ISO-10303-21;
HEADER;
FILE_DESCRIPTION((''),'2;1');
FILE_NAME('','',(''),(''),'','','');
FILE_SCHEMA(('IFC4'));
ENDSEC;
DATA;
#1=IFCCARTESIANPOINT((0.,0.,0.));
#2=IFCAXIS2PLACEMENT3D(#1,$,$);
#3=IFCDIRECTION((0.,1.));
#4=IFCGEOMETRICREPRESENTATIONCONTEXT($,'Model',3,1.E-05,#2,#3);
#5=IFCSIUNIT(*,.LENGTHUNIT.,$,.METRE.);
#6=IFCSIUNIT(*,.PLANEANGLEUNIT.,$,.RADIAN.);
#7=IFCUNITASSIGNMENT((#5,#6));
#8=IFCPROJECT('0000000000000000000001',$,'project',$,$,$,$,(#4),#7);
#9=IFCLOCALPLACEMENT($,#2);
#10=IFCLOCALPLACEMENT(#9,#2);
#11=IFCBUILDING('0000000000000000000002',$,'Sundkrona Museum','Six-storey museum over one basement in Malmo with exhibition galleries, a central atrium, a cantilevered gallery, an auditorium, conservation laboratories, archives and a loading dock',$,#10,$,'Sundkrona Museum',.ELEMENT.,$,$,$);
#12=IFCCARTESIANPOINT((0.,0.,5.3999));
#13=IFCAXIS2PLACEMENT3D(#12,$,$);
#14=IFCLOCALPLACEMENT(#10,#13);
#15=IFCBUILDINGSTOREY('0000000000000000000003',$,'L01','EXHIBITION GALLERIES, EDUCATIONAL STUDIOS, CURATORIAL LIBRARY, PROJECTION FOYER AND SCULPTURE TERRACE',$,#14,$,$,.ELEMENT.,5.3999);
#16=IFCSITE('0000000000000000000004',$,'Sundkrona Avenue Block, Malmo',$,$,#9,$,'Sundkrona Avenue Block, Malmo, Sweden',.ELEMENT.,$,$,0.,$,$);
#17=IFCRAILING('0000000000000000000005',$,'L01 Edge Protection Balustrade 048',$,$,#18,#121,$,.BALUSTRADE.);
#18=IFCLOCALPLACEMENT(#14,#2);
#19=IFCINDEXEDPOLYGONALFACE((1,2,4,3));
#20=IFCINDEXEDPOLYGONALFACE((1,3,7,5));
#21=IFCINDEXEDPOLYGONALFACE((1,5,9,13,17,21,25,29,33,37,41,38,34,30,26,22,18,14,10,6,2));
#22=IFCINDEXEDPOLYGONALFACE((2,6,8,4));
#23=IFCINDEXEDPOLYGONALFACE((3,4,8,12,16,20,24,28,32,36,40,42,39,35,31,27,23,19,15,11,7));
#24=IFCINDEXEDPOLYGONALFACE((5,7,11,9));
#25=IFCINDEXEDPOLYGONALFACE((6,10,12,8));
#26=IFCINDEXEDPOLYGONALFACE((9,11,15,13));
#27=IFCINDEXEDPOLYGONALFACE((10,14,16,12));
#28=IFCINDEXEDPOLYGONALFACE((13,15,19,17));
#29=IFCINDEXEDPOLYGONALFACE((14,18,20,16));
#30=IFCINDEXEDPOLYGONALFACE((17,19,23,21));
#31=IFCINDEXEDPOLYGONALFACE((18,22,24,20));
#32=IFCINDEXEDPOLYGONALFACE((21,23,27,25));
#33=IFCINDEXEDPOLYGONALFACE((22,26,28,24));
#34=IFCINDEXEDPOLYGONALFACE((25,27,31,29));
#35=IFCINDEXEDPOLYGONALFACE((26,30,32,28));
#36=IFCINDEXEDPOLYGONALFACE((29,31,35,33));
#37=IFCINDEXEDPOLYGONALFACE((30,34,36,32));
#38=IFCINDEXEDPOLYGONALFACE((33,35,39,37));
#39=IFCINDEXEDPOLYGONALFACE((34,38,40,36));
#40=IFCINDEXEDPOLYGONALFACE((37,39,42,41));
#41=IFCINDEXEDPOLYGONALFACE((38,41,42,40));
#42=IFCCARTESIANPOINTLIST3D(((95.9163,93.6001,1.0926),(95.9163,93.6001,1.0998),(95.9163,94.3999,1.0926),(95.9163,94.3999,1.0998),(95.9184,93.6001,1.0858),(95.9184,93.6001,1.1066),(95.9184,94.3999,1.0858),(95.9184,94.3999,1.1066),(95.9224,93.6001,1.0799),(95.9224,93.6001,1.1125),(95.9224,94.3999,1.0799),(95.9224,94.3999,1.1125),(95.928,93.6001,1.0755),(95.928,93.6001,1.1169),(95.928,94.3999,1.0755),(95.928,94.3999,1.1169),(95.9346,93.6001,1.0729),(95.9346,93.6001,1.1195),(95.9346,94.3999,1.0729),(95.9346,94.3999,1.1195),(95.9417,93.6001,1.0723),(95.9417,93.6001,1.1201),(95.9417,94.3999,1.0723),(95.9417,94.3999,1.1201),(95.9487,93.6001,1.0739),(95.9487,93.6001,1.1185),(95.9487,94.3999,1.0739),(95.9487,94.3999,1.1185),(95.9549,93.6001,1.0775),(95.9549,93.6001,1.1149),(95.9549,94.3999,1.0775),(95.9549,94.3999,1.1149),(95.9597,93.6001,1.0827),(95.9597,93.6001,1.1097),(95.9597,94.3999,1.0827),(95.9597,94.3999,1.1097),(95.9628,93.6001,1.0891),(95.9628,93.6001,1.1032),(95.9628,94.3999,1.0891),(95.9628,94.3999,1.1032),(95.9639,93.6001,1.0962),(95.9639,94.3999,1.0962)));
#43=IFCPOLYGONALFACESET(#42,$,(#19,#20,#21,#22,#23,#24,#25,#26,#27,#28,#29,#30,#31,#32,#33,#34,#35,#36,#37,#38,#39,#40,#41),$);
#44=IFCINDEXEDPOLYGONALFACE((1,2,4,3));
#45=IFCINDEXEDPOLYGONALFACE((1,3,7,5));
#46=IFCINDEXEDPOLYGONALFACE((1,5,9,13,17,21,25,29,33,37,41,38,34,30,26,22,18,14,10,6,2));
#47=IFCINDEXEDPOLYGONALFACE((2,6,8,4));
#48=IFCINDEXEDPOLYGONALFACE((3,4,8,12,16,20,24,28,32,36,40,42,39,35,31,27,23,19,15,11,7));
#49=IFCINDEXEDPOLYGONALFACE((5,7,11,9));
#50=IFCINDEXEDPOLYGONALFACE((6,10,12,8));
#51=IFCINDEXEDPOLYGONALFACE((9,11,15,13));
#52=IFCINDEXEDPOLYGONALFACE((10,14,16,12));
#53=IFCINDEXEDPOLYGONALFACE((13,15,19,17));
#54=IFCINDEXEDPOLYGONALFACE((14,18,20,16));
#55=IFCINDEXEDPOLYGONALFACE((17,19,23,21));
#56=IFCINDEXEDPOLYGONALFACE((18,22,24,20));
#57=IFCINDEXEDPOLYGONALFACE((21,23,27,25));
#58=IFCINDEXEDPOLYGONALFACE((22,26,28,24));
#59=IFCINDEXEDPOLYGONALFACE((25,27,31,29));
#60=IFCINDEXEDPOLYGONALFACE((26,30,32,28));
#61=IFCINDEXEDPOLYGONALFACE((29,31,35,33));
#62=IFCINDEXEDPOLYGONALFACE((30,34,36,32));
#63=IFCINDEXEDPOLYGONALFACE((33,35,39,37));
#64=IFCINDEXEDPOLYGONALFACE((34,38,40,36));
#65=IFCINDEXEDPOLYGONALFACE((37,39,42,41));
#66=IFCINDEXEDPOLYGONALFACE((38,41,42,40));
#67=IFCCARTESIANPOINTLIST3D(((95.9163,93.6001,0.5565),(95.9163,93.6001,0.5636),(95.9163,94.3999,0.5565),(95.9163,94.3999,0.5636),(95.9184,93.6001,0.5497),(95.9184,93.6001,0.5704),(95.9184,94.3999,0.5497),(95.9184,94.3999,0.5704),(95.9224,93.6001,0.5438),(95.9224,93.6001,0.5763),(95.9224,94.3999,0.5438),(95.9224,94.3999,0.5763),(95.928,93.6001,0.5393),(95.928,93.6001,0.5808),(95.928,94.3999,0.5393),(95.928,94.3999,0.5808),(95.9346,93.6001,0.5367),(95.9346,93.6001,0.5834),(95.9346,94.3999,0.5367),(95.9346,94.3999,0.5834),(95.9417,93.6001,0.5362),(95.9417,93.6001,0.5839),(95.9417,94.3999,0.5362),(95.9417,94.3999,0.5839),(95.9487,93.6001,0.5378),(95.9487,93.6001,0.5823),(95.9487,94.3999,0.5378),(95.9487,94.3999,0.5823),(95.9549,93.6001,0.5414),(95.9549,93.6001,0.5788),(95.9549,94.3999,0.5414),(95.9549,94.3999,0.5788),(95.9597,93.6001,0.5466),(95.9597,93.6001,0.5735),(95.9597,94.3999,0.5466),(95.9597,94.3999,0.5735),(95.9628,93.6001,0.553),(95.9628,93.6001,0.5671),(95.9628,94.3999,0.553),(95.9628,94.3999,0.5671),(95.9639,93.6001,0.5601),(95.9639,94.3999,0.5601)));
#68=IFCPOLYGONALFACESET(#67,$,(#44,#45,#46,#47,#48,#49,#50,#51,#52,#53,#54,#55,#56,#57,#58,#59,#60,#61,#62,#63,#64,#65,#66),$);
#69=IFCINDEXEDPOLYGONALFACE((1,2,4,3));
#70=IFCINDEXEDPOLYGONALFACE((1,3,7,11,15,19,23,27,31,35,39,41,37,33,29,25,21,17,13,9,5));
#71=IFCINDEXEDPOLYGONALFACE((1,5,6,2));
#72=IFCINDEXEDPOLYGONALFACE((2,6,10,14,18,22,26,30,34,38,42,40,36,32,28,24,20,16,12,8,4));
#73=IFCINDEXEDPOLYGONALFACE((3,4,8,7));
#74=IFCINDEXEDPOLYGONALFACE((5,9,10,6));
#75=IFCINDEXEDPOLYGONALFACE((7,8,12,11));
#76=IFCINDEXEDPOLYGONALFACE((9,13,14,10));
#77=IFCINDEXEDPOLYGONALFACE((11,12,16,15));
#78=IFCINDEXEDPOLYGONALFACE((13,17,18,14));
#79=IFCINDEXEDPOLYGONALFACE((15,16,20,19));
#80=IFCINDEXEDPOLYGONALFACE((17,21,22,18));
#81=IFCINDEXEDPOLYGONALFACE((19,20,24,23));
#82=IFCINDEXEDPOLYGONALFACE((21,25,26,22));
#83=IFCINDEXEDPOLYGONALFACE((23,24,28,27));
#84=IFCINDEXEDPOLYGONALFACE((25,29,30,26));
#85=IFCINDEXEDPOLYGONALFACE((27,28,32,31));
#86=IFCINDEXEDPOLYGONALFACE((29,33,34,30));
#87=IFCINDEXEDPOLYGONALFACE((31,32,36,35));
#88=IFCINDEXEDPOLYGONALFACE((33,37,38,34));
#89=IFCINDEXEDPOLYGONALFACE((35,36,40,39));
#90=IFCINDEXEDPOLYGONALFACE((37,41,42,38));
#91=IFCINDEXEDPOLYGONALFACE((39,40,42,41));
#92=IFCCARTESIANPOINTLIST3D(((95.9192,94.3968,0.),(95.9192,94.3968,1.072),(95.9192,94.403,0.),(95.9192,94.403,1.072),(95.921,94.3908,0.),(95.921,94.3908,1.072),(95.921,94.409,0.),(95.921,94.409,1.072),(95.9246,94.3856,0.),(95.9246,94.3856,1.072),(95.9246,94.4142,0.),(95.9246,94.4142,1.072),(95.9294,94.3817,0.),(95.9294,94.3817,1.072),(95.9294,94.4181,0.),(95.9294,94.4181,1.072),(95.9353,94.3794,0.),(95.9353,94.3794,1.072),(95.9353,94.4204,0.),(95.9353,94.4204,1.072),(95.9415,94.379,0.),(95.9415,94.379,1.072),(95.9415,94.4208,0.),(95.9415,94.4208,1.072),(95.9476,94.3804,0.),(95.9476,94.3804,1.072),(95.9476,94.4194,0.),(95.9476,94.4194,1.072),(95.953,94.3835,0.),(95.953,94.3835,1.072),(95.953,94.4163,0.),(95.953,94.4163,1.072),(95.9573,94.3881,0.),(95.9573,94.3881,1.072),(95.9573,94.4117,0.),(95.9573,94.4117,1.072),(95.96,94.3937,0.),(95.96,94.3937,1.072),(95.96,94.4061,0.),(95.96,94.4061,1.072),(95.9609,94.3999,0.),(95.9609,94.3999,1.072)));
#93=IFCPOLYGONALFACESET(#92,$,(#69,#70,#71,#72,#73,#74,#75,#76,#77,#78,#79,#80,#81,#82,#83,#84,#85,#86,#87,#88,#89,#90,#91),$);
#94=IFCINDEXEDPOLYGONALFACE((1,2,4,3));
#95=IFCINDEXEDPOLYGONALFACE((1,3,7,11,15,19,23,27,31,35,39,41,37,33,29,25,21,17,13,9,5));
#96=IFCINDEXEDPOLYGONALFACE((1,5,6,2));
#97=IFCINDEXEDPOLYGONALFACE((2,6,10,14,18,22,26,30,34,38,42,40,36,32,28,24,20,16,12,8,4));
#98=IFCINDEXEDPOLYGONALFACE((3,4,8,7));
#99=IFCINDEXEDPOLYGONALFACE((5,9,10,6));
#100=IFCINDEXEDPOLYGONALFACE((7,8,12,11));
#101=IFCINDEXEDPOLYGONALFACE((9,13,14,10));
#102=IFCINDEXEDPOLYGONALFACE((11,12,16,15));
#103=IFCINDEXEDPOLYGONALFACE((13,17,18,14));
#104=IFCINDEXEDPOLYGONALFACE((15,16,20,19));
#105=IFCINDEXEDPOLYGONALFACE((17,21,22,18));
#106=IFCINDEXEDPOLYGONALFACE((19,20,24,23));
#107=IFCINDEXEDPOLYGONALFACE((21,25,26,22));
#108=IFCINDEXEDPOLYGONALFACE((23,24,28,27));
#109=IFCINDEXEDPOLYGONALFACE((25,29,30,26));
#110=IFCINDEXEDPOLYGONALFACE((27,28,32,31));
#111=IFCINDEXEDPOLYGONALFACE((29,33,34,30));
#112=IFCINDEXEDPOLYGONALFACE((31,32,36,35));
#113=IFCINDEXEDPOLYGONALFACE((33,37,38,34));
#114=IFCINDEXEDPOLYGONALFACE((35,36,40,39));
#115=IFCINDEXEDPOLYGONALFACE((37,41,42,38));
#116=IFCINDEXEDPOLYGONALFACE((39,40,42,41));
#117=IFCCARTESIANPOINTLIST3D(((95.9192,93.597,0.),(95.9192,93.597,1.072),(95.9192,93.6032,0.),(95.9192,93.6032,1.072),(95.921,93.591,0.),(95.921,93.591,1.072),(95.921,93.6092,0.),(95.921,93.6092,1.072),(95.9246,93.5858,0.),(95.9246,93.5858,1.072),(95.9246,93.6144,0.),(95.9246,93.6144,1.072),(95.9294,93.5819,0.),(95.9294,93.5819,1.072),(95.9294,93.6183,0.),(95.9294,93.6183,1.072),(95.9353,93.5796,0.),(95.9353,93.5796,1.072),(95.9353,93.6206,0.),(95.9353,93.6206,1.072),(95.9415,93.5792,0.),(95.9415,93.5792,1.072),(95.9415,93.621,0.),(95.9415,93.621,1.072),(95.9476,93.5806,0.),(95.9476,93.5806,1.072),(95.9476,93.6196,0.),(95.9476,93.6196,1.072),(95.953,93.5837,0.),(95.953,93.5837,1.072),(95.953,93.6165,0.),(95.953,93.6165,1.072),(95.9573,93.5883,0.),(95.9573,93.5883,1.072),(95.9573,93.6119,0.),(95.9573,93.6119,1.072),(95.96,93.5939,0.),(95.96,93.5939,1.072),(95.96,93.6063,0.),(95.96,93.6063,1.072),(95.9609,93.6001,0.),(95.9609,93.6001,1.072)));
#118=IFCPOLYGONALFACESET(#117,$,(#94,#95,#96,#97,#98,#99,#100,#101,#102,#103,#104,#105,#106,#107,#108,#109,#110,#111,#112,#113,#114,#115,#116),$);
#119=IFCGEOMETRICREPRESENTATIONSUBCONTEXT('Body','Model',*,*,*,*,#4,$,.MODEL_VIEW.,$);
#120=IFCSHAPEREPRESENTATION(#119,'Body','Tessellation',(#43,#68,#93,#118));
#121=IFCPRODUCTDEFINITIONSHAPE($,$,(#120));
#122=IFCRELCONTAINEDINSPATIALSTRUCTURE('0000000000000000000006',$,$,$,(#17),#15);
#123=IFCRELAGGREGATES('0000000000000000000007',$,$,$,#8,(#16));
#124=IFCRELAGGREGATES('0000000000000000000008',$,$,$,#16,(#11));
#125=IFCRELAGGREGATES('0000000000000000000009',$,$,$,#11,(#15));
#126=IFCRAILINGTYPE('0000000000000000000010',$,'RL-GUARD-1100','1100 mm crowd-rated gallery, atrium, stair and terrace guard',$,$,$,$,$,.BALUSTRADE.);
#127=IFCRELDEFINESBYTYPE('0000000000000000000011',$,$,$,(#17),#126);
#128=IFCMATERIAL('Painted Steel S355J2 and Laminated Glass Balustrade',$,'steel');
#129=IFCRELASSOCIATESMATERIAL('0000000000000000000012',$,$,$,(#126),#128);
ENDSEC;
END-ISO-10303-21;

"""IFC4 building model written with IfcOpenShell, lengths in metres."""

from ifc_helpers import new_model, si_unit, direction, frame, origin, origin_2d, place, context, subcontext, project, spatial, circle, extrude, material, type_object, element, save


model = new_model("IFC4")

# Units and contexts
model_context = context("Model", 3, precision=1e-05, world=origin(), true_north=direction((0.0, 1.0)))
body_context = subcontext(model_context, "Body", "Model", "MODEL_VIEW")
ifc_project = project(units=[si_unit("LENGTHUNIT", "METRE"), si_unit("PLANEANGLEUNIT", "RADIAN")], contexts=[model_context])

# Site, building, storey
site_placement = place(None, origin())
site = spatial("IfcSite", under=ifc_project, at=site_placement, Name="Sundkrona Avenue Block, Malmo", LongName="Sundkrona Avenue Block, Malmo, Sweden", CompositionType="ELEMENT", RefElevation=0.0)
building_placement = place(site_placement, origin())
building = spatial("IfcBuilding", under=site, at=building_placement, Name="Sundkrona Museum", Description="Six-storey museum over one basement in Malmo with exhibition galleries, a central atrium, a cantilevered gallery, an auditorium, conservation laboratories, archives and a loading dock", LongName="Sundkrona Museum", CompositionType="ELEMENT")
storey_placement = place(building_placement, frame((0.0, 0.0, 5.3999)))
storey = spatial("IfcBuildingStorey", under=building, at=storey_placement, Name="L01", Description="EXHIBITION GALLERIES, EDUCATIONAL STUDIOS, CURATORIAL LIBRARY, PROJECTION FOYER AND SCULPTURE TERRACE", CompositionType="ELEMENT", Elevation=5.3999)

# Railing
ifc_material_1 = material(Name="Painted Steel S355J2 and Laminated Glass Balustrade", Category="steel")
railing_type = type_object("IfcRailingType", Name="RL-GUARD-1100", Description="1100 mm crowd-rated gallery, atrium, stair and terrace guard", PredefinedType="BALUSTRADE", material=ifc_material_1)
railing_1_placement = place(storey_placement, frame((95.9399, 94.3999, 0.0)))
element("IfcRailing", 1, at=railing_1_placement, inside=storey, type_object=railing_type, Name="L01 Edge Protection Balustrade 048", PredefinedType="BALUSTRADE", context=body_context, shape_type="SweptSolid", body=[
    extrude(circle(Radius=0.0239, at=origin_2d()), frame((0.0, 0.0, 1.0962), z_axis=(0.0, -1.0, 0.0), x_axis=(1.0, 0.0, 0.0)), (0.0, 0.0, 1.0), 0.7998),
    extrude(circle(Radius=0.0239, at=origin_2d()), frame((0.0, 0.0, 0.5601), z_axis=(0.0, -1.0, 0.0), x_axis=(1.0, 0.0, 0.0)), (0.0, 0.0, 1.0), 0.7998),
    extrude(circle(Radius=0.021, at=origin_2d()), origin(), (0.0, 0.0, 1.0), 1.072),
    extrude(circle(Radius=0.021, at=origin_2d()), frame((0.0, -0.7998, 0.0)), (0.0, 0.0, 1.0), 1.072),
])

save(model, "model.ifc")
